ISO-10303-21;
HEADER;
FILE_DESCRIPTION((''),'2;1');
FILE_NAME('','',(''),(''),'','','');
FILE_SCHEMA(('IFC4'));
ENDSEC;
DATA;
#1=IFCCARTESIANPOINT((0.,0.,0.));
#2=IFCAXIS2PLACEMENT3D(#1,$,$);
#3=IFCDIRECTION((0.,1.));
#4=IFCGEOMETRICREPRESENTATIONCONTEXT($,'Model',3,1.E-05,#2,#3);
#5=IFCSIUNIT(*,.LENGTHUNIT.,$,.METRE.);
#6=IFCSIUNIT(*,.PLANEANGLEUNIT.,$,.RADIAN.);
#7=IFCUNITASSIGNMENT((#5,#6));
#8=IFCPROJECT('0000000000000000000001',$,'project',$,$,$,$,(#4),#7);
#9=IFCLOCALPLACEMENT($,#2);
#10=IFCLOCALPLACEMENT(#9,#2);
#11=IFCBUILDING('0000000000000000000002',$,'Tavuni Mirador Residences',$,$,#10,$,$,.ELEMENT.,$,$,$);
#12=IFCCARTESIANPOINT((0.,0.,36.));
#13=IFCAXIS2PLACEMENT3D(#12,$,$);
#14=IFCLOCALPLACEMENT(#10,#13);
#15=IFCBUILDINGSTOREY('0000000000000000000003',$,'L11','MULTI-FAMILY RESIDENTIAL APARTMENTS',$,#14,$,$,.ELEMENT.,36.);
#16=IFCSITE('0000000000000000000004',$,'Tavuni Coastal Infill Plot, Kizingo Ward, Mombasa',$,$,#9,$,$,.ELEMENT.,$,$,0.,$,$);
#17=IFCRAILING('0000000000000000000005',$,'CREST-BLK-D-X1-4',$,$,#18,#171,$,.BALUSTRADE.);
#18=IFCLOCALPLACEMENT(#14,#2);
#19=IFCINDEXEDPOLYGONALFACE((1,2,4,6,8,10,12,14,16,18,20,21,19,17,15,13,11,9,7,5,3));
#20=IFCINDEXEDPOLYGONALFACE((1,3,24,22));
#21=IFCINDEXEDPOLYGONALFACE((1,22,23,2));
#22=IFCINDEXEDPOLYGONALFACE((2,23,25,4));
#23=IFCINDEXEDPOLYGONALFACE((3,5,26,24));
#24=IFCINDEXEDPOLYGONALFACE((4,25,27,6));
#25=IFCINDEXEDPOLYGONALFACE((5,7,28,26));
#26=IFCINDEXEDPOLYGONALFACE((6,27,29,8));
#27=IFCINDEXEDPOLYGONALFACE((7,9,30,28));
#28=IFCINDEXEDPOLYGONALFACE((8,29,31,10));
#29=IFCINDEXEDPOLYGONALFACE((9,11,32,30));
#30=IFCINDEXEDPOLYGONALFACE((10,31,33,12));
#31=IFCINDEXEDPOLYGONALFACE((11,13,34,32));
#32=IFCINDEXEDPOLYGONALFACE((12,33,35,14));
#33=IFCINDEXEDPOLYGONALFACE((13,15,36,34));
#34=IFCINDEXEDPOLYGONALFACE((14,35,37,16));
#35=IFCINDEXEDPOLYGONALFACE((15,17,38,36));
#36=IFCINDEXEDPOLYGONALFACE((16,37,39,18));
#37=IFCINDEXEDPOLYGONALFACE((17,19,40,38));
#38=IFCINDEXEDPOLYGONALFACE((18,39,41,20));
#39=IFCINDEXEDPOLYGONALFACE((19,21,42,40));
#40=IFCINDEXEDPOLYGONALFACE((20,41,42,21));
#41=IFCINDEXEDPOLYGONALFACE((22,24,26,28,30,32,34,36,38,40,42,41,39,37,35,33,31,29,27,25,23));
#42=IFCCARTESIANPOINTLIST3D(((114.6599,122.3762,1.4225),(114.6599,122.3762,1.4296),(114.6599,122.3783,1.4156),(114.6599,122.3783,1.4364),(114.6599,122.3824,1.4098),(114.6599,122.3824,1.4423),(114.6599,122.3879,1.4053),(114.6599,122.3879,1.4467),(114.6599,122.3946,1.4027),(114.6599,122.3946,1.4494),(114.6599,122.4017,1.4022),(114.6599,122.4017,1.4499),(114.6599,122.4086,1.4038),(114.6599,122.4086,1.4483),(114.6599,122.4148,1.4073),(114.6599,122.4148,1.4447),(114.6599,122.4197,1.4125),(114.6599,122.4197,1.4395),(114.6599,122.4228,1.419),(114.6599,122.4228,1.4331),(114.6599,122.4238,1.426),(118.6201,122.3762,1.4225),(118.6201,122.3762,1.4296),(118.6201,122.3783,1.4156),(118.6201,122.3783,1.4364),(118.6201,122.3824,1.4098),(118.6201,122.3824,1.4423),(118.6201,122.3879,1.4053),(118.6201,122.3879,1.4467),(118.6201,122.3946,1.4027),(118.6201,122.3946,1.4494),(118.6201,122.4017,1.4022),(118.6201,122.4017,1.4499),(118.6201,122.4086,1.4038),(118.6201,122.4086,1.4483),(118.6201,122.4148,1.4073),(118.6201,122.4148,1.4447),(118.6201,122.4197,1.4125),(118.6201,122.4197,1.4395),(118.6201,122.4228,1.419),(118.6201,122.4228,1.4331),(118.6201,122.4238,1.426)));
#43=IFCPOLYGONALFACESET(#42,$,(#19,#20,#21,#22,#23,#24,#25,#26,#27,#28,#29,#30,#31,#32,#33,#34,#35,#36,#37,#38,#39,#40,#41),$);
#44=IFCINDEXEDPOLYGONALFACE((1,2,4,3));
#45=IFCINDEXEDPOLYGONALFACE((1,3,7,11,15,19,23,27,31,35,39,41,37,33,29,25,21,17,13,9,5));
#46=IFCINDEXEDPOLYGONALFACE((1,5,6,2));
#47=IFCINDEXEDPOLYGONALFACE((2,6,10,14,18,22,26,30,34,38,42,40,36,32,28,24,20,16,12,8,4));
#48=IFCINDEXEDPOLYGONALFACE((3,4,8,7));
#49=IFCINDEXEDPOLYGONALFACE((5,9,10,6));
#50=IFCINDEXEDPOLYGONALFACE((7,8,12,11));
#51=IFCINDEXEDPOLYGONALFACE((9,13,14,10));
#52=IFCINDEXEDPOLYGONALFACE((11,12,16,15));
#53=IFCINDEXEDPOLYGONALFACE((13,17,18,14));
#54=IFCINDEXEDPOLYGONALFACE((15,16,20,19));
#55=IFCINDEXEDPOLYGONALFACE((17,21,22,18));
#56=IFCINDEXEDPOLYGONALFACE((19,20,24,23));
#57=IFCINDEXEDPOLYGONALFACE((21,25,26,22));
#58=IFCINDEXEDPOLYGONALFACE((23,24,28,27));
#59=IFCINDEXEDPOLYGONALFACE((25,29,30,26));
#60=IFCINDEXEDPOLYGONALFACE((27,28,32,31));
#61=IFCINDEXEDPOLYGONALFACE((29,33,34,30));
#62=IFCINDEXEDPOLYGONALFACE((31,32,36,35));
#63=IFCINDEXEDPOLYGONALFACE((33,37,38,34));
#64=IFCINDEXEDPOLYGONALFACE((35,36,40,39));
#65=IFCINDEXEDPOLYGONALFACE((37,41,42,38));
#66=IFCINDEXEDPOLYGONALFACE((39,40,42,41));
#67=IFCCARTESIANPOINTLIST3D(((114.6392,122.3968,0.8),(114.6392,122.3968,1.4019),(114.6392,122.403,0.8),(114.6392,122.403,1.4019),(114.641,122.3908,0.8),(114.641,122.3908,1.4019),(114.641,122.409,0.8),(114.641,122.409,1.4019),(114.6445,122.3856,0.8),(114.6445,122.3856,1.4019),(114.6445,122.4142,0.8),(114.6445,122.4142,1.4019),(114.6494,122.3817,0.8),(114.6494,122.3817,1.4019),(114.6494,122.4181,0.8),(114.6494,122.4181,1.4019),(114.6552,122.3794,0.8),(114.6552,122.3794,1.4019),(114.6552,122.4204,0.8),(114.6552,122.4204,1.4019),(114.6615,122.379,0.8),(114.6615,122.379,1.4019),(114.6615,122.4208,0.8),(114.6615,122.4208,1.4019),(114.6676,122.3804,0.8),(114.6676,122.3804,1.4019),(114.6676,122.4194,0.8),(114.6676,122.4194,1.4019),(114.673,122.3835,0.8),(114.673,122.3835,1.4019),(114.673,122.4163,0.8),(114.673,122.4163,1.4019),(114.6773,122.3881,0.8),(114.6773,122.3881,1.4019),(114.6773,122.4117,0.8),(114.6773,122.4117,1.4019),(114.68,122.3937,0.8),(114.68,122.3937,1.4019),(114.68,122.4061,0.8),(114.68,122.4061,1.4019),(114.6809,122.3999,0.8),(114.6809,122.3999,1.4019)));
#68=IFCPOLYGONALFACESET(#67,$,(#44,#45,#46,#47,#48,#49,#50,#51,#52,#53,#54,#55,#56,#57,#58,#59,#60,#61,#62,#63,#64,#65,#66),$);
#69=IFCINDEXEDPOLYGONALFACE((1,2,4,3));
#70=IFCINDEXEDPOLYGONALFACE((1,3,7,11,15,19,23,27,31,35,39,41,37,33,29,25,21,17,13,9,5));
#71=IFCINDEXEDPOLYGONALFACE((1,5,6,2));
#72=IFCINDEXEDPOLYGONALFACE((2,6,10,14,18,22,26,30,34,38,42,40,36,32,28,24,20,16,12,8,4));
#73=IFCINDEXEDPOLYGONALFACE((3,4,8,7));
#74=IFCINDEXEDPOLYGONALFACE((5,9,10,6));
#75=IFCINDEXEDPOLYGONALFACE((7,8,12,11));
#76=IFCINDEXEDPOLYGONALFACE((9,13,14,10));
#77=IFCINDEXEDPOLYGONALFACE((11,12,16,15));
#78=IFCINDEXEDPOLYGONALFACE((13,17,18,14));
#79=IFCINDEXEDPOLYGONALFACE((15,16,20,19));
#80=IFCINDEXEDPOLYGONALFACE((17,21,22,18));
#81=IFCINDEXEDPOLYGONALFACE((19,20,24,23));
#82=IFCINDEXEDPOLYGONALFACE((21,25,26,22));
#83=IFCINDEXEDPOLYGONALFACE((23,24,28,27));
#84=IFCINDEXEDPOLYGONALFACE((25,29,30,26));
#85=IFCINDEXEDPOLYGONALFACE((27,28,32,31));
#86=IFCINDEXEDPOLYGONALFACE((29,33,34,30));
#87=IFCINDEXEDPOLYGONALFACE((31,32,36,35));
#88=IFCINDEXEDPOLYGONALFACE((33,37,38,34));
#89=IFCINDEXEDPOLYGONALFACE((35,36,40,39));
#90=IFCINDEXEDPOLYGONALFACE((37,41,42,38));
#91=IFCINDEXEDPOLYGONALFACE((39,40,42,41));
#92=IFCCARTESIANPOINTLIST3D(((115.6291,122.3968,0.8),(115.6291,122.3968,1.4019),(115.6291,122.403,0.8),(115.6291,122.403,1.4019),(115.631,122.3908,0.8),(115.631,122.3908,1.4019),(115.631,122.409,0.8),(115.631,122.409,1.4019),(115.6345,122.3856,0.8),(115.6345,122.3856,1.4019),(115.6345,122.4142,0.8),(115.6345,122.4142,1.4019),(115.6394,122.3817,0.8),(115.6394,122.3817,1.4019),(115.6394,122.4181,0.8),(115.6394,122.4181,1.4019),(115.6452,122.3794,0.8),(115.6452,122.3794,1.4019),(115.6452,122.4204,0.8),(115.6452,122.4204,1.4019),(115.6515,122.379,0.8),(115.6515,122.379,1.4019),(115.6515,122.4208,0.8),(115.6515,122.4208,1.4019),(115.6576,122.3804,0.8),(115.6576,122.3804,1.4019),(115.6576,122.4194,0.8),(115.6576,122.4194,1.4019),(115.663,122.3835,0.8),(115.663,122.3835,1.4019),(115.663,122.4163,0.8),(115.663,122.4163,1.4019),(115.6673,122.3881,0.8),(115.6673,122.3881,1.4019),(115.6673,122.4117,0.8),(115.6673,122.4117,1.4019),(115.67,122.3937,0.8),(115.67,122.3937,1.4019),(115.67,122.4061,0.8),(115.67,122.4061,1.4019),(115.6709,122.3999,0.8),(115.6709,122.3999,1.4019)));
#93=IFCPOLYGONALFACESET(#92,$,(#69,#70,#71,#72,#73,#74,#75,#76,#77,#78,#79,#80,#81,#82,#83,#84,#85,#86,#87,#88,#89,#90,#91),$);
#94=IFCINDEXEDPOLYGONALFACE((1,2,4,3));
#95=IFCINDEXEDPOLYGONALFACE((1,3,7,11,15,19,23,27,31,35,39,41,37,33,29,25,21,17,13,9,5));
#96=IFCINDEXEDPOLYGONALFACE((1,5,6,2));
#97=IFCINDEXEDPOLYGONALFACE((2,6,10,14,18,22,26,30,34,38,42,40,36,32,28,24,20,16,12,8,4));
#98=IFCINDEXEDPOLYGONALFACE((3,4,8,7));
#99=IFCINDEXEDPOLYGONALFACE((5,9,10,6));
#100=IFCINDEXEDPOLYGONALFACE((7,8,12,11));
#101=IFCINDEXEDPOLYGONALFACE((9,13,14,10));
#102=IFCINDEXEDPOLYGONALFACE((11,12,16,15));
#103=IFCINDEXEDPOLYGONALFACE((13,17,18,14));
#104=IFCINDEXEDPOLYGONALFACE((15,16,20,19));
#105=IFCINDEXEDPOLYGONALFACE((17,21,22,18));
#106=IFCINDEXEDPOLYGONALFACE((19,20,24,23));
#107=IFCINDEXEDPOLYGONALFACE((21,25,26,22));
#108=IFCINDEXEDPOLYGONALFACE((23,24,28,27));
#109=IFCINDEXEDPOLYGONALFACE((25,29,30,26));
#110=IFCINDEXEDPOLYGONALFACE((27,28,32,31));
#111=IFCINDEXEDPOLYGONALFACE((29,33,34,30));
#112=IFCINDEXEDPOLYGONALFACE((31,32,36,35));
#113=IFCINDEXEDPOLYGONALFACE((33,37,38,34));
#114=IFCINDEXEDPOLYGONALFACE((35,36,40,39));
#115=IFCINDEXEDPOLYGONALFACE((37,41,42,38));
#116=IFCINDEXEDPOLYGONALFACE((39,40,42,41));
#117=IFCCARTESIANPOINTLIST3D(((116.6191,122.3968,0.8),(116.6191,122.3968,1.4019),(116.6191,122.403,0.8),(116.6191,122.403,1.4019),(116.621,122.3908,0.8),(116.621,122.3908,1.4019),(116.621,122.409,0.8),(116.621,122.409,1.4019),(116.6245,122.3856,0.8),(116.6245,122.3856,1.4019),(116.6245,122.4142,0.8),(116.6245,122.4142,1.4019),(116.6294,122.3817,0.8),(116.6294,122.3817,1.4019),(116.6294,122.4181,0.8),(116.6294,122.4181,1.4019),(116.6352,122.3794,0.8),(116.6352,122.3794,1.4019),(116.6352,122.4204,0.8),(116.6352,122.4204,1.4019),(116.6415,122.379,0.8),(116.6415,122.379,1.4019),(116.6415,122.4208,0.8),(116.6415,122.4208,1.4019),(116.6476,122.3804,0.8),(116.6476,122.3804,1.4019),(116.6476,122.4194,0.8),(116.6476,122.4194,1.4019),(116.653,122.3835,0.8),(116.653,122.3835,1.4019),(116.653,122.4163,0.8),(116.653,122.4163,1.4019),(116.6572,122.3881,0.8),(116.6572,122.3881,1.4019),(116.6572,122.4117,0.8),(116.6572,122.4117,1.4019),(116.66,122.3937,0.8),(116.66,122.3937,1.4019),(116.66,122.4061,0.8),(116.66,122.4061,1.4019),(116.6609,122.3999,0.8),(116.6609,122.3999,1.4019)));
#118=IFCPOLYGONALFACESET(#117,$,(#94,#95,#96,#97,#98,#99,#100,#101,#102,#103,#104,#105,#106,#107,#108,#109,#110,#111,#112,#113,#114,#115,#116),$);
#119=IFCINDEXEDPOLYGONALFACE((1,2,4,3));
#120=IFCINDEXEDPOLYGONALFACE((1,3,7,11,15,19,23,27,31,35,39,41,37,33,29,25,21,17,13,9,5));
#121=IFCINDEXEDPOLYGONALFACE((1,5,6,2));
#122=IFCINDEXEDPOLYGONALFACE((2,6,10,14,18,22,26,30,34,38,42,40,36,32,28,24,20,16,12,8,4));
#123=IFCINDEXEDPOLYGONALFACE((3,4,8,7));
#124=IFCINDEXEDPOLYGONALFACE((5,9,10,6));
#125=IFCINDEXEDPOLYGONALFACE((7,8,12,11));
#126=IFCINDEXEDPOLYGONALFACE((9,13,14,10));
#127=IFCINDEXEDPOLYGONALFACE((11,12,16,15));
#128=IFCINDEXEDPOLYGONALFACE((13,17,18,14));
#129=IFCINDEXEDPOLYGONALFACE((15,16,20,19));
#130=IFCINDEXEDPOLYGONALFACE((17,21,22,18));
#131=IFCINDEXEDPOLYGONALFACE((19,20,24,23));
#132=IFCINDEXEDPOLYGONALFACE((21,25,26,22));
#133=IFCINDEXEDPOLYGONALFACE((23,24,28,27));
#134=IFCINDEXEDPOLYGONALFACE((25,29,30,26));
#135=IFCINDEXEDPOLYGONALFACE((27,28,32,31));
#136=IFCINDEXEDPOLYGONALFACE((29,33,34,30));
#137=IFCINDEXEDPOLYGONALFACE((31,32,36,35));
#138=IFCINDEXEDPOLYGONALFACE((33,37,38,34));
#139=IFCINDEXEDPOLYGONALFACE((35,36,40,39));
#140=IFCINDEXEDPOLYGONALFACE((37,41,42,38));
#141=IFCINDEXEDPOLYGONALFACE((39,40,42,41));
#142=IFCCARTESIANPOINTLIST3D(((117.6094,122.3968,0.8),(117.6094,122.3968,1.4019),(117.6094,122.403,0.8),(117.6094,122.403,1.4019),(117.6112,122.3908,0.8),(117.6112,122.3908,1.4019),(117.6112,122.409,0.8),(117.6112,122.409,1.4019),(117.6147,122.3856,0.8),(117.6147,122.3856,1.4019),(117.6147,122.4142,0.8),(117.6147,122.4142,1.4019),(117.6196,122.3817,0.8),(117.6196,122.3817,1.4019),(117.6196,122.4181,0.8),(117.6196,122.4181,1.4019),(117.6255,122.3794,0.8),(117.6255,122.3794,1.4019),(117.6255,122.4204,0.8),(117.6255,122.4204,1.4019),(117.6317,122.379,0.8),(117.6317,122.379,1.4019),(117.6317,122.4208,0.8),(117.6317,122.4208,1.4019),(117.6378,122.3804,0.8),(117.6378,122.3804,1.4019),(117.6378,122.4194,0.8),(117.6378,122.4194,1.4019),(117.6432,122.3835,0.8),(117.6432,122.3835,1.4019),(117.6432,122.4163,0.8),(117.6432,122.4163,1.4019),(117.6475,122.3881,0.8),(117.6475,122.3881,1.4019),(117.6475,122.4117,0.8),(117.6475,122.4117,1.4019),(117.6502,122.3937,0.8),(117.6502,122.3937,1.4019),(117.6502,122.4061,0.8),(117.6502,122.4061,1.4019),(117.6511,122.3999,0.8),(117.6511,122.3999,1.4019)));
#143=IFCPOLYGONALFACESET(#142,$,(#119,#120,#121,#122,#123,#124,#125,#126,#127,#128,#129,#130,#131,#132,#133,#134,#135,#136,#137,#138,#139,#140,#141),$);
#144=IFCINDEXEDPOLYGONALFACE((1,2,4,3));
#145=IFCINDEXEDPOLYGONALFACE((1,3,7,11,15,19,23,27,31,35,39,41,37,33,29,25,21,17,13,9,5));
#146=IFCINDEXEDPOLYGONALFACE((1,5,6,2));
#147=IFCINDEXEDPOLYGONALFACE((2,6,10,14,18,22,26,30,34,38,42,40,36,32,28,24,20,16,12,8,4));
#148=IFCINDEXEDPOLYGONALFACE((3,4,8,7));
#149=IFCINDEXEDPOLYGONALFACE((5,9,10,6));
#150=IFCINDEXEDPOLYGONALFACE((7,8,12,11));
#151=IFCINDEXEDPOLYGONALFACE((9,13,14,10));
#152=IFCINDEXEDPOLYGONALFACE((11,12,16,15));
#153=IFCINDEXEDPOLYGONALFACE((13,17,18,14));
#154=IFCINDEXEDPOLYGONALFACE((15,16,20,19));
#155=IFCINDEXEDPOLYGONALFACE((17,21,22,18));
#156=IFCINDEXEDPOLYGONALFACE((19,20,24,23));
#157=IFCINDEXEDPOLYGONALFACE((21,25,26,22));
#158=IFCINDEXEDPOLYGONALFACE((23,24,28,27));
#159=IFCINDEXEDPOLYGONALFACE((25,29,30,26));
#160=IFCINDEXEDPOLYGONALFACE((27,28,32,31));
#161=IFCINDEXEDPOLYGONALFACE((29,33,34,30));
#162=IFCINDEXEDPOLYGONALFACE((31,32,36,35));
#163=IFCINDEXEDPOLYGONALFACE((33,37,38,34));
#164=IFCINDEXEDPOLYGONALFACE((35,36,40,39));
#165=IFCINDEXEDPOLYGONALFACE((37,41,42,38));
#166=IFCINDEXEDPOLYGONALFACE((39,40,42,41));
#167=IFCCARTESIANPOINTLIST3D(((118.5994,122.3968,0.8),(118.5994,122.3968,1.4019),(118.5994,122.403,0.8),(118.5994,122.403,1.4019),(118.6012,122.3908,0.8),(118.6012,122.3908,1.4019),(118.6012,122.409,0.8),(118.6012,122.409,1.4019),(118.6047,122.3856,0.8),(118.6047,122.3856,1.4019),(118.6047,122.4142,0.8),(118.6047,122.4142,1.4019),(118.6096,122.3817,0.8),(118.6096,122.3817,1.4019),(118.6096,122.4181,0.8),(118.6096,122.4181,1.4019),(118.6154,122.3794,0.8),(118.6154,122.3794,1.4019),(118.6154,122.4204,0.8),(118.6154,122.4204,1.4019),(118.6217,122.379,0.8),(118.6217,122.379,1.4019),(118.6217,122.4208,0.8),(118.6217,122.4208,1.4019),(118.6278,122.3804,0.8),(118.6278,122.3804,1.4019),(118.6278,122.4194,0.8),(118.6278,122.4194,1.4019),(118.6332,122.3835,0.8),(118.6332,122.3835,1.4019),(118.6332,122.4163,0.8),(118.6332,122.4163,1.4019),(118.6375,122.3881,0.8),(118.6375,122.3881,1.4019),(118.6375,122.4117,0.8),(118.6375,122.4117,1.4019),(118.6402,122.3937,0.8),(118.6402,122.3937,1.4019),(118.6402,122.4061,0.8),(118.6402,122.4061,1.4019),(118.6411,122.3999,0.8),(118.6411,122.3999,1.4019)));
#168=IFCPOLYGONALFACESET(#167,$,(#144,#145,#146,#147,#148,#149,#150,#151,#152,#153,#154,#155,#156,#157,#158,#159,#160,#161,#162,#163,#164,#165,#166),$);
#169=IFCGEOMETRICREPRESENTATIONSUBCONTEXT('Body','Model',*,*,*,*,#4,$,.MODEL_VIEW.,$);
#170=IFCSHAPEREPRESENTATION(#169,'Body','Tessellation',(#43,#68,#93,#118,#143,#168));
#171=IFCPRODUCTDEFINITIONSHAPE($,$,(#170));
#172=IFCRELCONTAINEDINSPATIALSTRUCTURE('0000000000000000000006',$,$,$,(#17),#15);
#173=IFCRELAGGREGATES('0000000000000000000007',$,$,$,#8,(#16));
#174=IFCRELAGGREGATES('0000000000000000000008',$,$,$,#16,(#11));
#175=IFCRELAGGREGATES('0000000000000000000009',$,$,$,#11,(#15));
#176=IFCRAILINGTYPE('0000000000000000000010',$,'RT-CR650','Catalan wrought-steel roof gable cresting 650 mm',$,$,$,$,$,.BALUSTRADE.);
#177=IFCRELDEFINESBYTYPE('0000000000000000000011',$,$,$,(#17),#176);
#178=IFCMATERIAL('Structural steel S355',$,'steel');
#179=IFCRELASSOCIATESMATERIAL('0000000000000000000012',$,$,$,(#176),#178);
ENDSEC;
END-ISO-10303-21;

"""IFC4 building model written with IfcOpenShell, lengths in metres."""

from ifc_helpers import new_model, si_unit, direction, frame, origin, origin_2d, place, context, subcontext, project, spatial, circle, extrude, material, type_object, element, save


model = new_model("IFC4")

# Units and contexts
model_context = context("Model", 3, precision=1e-05, world=origin(), true_north=direction((0.0, 1.0)))
body_context = subcontext(model_context, "Body", "Model", "MODEL_VIEW")
ifc_project = project(units=[si_unit("LENGTHUNIT", "METRE"), si_unit("PLANEANGLEUNIT", "RADIAN")], contexts=[model_context])

# Site, building, storey
site_placement = place(None, origin())
site = spatial("IfcSite", under=ifc_project, at=site_placement, Name="Tavuni Coastal Infill Plot, Kizingo Ward, Mombasa", CompositionType="ELEMENT", RefElevation=0.0)
building_placement = place(site_placement, origin())
building = spatial("IfcBuilding", under=site, at=building_placement, Name="Tavuni Mirador Residences", CompositionType="ELEMENT")
storey_placement = place(building_placement, frame((0.0, 0.0, 36.0)))
storey = spatial("IfcBuildingStorey", under=building, at=storey_placement, Name="L11", Description="MULTI-FAMILY RESIDENTIAL APARTMENTS", CompositionType="ELEMENT", Elevation=36.0)

# Shared definitions
ifc_material_1 = material(Name="Structural steel S355", Category="steel")

# Railing
railing_type = type_object("IfcRailingType", Name="RT-CR650", Description="Catalan wrought-steel roof gable cresting 650 mm", PredefinedType="BALUSTRADE", material=ifc_material_1)
railing_placement = place(storey_placement, frame((114.6599, 122.3999, 0.8)))
element("IfcRailing", 1, at=railing_placement, inside=storey, type_object=railing_type, Name="CREST-BLK-D-X1-4", PredefinedType="BALUSTRADE", context=body_context, shape_type="SweptSolid", body=[
    extrude(circle(Radius=0.0239, at=origin_2d()), frame((0.0, 0.0, 0.626), z_axis=(1.0, 0.0, 0.0), x_axis=(0.0, 1.0, 0.0)), (0.0, 0.0, 1.0), 3.9602),
    extrude(circle(Radius=0.021, at=origin_2d()), origin(), (0.0, 0.0, 1.0), 0.6018),
    extrude(circle(Radius=0.021, at=origin_2d()), frame((0.99, 0.0, 0.0)), (0.0, 0.0, 1.0), 0.6018),
    extrude(circle(Radius=0.021, at=origin_2d()), frame((1.98, 0.0, 0.0)), (0.0, 0.0, 1.0), 0.6018),
    extrude(circle(Radius=0.021, at=origin_2d()), frame((2.9702, 0.0, 0.0)), (0.0, 0.0, 1.0), 0.6018),
    extrude(circle(Radius=0.021, at=origin_2d()), frame((3.9602, 0.0, 0.0)), (0.0, 0.0, 1.0), 0.6018),
])

save(model, "model.ifc")
